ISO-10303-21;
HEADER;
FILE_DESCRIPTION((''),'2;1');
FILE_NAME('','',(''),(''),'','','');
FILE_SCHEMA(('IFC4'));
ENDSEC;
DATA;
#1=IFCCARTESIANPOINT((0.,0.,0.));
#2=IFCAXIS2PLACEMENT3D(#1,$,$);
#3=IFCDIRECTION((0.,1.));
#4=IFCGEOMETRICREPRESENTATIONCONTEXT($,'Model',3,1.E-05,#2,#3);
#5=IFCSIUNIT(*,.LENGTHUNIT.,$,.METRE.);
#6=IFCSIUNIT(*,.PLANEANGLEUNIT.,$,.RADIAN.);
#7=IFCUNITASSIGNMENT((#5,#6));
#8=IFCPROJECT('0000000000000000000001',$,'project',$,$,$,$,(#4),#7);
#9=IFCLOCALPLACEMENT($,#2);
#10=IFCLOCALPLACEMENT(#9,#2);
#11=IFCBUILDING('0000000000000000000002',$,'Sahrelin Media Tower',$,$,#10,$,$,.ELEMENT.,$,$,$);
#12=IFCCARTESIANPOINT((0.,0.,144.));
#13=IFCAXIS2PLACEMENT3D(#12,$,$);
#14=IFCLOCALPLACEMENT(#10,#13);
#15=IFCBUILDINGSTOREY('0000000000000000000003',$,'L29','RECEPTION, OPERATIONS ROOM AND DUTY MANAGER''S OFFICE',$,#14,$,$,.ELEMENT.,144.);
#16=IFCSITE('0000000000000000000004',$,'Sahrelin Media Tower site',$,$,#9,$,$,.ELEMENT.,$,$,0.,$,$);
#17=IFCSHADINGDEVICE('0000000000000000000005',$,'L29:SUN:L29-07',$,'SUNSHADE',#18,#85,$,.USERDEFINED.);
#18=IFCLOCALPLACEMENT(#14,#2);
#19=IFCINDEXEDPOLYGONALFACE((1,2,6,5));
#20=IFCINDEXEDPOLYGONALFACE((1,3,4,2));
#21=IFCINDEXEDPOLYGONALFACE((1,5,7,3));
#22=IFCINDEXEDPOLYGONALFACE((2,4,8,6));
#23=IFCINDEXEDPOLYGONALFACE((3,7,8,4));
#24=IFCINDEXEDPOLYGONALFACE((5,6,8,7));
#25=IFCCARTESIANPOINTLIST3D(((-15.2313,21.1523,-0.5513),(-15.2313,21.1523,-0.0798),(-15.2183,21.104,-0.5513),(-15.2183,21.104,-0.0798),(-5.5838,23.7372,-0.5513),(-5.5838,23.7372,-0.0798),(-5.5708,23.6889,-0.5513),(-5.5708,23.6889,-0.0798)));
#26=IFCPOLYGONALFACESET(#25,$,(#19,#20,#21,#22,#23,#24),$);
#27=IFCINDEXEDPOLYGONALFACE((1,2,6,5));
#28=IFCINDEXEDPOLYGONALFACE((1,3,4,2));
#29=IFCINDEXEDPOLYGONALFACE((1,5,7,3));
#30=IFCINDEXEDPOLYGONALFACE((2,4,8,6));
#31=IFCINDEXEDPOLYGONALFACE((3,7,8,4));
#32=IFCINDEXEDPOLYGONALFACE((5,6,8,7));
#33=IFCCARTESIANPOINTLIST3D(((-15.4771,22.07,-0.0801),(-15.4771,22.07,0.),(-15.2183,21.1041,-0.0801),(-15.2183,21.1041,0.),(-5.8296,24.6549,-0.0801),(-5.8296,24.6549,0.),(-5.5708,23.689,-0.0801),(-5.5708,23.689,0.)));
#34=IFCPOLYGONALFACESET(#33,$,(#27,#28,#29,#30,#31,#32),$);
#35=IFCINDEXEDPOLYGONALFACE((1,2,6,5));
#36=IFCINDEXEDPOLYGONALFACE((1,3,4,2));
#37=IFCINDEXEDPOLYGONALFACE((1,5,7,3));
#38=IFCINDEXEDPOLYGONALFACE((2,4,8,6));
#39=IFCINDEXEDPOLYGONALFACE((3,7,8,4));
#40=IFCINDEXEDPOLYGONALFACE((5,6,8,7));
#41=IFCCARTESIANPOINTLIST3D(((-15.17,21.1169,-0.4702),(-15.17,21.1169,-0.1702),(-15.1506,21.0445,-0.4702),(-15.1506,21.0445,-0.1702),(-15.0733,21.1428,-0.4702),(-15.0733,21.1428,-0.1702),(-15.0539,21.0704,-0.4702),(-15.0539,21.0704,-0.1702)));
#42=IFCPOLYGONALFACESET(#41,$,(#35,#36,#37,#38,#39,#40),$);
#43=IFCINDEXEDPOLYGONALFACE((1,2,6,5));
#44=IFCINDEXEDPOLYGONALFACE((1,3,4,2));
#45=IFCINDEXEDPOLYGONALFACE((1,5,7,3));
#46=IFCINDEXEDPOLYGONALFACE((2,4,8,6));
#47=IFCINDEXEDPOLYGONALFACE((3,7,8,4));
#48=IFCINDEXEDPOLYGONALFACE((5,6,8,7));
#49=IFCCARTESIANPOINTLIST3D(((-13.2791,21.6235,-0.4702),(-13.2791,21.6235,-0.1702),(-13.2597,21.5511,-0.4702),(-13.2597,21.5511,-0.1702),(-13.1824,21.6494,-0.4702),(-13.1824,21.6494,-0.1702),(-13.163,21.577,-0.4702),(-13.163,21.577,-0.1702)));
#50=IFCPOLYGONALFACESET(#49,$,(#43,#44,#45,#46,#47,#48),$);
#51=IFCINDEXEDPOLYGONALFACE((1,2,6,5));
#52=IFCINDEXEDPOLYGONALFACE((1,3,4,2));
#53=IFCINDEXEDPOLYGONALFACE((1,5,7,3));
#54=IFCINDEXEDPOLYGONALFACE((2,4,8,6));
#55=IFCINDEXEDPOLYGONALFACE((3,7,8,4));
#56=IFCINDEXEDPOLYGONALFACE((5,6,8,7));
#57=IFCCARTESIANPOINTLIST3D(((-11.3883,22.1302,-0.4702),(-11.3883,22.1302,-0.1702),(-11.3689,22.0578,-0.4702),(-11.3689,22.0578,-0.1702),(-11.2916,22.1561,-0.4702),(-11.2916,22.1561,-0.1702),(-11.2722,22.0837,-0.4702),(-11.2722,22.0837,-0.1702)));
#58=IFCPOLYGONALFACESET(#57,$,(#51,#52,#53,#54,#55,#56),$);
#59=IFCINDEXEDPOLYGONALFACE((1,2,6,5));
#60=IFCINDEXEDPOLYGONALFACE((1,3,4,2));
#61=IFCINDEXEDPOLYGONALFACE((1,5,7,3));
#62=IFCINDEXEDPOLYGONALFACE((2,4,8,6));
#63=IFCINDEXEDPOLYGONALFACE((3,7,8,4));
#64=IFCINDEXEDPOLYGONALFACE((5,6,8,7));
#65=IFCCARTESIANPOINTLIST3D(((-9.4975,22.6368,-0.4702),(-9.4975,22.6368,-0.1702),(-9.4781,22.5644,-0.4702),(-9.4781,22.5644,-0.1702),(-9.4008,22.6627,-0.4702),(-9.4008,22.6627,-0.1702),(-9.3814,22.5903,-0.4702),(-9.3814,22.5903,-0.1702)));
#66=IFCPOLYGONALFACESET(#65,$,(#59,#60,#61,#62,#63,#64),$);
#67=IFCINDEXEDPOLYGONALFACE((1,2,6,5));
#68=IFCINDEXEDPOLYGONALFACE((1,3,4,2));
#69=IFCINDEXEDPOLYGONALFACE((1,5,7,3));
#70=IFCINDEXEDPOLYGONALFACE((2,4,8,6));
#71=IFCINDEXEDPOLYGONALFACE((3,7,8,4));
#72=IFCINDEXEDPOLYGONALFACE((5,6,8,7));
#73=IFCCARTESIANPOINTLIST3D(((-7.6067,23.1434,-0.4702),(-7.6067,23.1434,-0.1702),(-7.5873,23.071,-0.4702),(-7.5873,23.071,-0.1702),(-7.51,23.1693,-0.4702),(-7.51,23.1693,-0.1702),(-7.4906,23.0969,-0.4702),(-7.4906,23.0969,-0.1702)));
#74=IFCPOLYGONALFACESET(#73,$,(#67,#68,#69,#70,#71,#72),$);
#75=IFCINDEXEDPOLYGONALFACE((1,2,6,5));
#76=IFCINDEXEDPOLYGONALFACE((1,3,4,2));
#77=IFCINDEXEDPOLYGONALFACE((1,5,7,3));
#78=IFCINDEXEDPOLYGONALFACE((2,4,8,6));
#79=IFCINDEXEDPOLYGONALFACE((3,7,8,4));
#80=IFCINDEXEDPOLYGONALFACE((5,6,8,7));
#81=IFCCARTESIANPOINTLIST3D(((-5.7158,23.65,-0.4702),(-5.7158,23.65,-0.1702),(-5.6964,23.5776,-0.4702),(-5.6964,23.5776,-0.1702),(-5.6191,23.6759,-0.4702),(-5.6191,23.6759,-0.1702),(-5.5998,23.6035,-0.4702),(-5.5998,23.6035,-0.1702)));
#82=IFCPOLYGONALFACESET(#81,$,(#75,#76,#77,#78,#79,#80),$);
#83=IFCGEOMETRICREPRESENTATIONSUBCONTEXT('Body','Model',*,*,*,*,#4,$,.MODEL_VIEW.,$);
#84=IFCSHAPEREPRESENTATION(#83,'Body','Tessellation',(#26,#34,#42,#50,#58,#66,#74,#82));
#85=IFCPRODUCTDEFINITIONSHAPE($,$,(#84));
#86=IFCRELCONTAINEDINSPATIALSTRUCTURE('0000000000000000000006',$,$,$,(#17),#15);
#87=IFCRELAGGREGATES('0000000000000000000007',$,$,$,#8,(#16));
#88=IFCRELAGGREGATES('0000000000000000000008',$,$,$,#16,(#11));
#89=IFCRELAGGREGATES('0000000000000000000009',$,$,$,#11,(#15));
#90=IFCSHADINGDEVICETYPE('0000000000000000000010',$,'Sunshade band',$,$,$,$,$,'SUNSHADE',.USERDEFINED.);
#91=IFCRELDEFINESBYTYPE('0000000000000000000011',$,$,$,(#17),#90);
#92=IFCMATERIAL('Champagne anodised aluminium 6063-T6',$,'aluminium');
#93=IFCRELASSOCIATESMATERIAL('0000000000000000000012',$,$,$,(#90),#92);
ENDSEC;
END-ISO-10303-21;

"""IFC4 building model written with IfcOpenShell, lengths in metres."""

from ifc_helpers import new_model, si_unit, direction, frame, origin, origin_2d, place, context, subcontext, project, spatial, rectangle, extrude, material, type_object, element, save


model = new_model("IFC4")

# Units and contexts
model_context = context("Model", 3, precision=1e-05, world=origin(), true_north=direction((0.0, 1.0)))
body_context = subcontext(model_context, "Body", "Model", "MODEL_VIEW")
ifc_project = project(units=[si_unit("LENGTHUNIT", "METRE"), si_unit("PLANEANGLEUNIT", "RADIAN")], contexts=[model_context])

# Site, building, storey
site_placement = place(None, origin())
site = spatial("IfcSite", under=ifc_project, at=site_placement, Name="Sahrelin Media Tower site", CompositionType="ELEMENT", RefElevation=0.0)
building_placement = place(site_placement, origin())
building = spatial("IfcBuilding", under=site, at=building_placement, Name="Sahrelin Media Tower", CompositionType="ELEMENT")
storey_placement = place(building_placement, frame((0.0, 0.0, 144.0)))
storey = spatial("IfcBuildingStorey", under=building, at=storey_placement, Name="L29", Description="RECEPTION, OPERATIONS ROOM AND DUTY MANAGER'S OFFICE", CompositionType="ELEMENT", Elevation=144.0)

# Shared definitions
ifc_material_1 = material(Name="Champagne anodised aluminium 6063-T6", Category="aluminium")

# Shading device
placement_1 = place(storey_placement, frame((-10.3894, 22.3772, 0.0), z_axis=(0.0, 0.0, 1.0), x_axis=(0.965929, 0.258808, 0.0)))
shading_device_type_1 = type_object("IfcShadingDeviceType", Name="Sunshade band", ElementType="SUNSHADE", PredefinedType="USERDEFINED", material=ifc_material_1)
element("IfcShadingDevice", 1, at=placement_1, inside=storey, type_object=shading_device_type_1, Name="L29:SUN:L29-07", ObjectType="SUNSHADE", PredefinedType="USERDEFINED", context=body_context, shape_type="SweptSolid", body=[
    extrude(rectangle(XDim=9.9878, YDim=0.05, at=origin_2d()), frame((0.0, 0.0449, -0.5513)), (0.0, 0.0, 1.0), 0.4714),
    extrude(rectangle(XDim=9.9878, YDim=1.0, at=origin_2d()), frame((0.0, 0.52, -0.0801)), (0.0, 0.0, 1.0), 0.0801),
    extrude(rectangle(XDim=0.1001, YDim=0.075, at=origin_2d()), frame((-4.8938, -0.0176, -0.4702)), (0.0, 0.0, 1.0), 0.3),
    extrude(rectangle(XDim=0.1001, YDim=0.075, at=origin_2d()), frame((-2.9363, -0.0176, -0.4702)), (0.0, 0.0, 1.0), 0.3),
    extrude(rectangle(XDim=0.1001, YDim=0.075, at=origin_2d()), frame((-0.9788, -0.0176, -0.4702)), (0.0, 0.0, 1.0), 0.3),
    extrude(rectangle(XDim=0.1001, YDim=0.075, at=origin_2d()), frame((0.9788, -0.0176, -0.4702)), (0.0, 0.0, 1.0), 0.3),
    extrude(rectangle(XDim=0.1001, YDim=0.075, at=origin_2d()), frame((2.9363, -0.0176, -0.4702)), (0.0, 0.0, 1.0), 0.3),
    extrude(rectangle(XDim=0.1001, YDim=0.075, at=origin_2d()), frame((4.8938, -0.0176, -0.4702)), (0.0, 0.0, 1.0), 0.3),
])

save(model, "model.ifc")
